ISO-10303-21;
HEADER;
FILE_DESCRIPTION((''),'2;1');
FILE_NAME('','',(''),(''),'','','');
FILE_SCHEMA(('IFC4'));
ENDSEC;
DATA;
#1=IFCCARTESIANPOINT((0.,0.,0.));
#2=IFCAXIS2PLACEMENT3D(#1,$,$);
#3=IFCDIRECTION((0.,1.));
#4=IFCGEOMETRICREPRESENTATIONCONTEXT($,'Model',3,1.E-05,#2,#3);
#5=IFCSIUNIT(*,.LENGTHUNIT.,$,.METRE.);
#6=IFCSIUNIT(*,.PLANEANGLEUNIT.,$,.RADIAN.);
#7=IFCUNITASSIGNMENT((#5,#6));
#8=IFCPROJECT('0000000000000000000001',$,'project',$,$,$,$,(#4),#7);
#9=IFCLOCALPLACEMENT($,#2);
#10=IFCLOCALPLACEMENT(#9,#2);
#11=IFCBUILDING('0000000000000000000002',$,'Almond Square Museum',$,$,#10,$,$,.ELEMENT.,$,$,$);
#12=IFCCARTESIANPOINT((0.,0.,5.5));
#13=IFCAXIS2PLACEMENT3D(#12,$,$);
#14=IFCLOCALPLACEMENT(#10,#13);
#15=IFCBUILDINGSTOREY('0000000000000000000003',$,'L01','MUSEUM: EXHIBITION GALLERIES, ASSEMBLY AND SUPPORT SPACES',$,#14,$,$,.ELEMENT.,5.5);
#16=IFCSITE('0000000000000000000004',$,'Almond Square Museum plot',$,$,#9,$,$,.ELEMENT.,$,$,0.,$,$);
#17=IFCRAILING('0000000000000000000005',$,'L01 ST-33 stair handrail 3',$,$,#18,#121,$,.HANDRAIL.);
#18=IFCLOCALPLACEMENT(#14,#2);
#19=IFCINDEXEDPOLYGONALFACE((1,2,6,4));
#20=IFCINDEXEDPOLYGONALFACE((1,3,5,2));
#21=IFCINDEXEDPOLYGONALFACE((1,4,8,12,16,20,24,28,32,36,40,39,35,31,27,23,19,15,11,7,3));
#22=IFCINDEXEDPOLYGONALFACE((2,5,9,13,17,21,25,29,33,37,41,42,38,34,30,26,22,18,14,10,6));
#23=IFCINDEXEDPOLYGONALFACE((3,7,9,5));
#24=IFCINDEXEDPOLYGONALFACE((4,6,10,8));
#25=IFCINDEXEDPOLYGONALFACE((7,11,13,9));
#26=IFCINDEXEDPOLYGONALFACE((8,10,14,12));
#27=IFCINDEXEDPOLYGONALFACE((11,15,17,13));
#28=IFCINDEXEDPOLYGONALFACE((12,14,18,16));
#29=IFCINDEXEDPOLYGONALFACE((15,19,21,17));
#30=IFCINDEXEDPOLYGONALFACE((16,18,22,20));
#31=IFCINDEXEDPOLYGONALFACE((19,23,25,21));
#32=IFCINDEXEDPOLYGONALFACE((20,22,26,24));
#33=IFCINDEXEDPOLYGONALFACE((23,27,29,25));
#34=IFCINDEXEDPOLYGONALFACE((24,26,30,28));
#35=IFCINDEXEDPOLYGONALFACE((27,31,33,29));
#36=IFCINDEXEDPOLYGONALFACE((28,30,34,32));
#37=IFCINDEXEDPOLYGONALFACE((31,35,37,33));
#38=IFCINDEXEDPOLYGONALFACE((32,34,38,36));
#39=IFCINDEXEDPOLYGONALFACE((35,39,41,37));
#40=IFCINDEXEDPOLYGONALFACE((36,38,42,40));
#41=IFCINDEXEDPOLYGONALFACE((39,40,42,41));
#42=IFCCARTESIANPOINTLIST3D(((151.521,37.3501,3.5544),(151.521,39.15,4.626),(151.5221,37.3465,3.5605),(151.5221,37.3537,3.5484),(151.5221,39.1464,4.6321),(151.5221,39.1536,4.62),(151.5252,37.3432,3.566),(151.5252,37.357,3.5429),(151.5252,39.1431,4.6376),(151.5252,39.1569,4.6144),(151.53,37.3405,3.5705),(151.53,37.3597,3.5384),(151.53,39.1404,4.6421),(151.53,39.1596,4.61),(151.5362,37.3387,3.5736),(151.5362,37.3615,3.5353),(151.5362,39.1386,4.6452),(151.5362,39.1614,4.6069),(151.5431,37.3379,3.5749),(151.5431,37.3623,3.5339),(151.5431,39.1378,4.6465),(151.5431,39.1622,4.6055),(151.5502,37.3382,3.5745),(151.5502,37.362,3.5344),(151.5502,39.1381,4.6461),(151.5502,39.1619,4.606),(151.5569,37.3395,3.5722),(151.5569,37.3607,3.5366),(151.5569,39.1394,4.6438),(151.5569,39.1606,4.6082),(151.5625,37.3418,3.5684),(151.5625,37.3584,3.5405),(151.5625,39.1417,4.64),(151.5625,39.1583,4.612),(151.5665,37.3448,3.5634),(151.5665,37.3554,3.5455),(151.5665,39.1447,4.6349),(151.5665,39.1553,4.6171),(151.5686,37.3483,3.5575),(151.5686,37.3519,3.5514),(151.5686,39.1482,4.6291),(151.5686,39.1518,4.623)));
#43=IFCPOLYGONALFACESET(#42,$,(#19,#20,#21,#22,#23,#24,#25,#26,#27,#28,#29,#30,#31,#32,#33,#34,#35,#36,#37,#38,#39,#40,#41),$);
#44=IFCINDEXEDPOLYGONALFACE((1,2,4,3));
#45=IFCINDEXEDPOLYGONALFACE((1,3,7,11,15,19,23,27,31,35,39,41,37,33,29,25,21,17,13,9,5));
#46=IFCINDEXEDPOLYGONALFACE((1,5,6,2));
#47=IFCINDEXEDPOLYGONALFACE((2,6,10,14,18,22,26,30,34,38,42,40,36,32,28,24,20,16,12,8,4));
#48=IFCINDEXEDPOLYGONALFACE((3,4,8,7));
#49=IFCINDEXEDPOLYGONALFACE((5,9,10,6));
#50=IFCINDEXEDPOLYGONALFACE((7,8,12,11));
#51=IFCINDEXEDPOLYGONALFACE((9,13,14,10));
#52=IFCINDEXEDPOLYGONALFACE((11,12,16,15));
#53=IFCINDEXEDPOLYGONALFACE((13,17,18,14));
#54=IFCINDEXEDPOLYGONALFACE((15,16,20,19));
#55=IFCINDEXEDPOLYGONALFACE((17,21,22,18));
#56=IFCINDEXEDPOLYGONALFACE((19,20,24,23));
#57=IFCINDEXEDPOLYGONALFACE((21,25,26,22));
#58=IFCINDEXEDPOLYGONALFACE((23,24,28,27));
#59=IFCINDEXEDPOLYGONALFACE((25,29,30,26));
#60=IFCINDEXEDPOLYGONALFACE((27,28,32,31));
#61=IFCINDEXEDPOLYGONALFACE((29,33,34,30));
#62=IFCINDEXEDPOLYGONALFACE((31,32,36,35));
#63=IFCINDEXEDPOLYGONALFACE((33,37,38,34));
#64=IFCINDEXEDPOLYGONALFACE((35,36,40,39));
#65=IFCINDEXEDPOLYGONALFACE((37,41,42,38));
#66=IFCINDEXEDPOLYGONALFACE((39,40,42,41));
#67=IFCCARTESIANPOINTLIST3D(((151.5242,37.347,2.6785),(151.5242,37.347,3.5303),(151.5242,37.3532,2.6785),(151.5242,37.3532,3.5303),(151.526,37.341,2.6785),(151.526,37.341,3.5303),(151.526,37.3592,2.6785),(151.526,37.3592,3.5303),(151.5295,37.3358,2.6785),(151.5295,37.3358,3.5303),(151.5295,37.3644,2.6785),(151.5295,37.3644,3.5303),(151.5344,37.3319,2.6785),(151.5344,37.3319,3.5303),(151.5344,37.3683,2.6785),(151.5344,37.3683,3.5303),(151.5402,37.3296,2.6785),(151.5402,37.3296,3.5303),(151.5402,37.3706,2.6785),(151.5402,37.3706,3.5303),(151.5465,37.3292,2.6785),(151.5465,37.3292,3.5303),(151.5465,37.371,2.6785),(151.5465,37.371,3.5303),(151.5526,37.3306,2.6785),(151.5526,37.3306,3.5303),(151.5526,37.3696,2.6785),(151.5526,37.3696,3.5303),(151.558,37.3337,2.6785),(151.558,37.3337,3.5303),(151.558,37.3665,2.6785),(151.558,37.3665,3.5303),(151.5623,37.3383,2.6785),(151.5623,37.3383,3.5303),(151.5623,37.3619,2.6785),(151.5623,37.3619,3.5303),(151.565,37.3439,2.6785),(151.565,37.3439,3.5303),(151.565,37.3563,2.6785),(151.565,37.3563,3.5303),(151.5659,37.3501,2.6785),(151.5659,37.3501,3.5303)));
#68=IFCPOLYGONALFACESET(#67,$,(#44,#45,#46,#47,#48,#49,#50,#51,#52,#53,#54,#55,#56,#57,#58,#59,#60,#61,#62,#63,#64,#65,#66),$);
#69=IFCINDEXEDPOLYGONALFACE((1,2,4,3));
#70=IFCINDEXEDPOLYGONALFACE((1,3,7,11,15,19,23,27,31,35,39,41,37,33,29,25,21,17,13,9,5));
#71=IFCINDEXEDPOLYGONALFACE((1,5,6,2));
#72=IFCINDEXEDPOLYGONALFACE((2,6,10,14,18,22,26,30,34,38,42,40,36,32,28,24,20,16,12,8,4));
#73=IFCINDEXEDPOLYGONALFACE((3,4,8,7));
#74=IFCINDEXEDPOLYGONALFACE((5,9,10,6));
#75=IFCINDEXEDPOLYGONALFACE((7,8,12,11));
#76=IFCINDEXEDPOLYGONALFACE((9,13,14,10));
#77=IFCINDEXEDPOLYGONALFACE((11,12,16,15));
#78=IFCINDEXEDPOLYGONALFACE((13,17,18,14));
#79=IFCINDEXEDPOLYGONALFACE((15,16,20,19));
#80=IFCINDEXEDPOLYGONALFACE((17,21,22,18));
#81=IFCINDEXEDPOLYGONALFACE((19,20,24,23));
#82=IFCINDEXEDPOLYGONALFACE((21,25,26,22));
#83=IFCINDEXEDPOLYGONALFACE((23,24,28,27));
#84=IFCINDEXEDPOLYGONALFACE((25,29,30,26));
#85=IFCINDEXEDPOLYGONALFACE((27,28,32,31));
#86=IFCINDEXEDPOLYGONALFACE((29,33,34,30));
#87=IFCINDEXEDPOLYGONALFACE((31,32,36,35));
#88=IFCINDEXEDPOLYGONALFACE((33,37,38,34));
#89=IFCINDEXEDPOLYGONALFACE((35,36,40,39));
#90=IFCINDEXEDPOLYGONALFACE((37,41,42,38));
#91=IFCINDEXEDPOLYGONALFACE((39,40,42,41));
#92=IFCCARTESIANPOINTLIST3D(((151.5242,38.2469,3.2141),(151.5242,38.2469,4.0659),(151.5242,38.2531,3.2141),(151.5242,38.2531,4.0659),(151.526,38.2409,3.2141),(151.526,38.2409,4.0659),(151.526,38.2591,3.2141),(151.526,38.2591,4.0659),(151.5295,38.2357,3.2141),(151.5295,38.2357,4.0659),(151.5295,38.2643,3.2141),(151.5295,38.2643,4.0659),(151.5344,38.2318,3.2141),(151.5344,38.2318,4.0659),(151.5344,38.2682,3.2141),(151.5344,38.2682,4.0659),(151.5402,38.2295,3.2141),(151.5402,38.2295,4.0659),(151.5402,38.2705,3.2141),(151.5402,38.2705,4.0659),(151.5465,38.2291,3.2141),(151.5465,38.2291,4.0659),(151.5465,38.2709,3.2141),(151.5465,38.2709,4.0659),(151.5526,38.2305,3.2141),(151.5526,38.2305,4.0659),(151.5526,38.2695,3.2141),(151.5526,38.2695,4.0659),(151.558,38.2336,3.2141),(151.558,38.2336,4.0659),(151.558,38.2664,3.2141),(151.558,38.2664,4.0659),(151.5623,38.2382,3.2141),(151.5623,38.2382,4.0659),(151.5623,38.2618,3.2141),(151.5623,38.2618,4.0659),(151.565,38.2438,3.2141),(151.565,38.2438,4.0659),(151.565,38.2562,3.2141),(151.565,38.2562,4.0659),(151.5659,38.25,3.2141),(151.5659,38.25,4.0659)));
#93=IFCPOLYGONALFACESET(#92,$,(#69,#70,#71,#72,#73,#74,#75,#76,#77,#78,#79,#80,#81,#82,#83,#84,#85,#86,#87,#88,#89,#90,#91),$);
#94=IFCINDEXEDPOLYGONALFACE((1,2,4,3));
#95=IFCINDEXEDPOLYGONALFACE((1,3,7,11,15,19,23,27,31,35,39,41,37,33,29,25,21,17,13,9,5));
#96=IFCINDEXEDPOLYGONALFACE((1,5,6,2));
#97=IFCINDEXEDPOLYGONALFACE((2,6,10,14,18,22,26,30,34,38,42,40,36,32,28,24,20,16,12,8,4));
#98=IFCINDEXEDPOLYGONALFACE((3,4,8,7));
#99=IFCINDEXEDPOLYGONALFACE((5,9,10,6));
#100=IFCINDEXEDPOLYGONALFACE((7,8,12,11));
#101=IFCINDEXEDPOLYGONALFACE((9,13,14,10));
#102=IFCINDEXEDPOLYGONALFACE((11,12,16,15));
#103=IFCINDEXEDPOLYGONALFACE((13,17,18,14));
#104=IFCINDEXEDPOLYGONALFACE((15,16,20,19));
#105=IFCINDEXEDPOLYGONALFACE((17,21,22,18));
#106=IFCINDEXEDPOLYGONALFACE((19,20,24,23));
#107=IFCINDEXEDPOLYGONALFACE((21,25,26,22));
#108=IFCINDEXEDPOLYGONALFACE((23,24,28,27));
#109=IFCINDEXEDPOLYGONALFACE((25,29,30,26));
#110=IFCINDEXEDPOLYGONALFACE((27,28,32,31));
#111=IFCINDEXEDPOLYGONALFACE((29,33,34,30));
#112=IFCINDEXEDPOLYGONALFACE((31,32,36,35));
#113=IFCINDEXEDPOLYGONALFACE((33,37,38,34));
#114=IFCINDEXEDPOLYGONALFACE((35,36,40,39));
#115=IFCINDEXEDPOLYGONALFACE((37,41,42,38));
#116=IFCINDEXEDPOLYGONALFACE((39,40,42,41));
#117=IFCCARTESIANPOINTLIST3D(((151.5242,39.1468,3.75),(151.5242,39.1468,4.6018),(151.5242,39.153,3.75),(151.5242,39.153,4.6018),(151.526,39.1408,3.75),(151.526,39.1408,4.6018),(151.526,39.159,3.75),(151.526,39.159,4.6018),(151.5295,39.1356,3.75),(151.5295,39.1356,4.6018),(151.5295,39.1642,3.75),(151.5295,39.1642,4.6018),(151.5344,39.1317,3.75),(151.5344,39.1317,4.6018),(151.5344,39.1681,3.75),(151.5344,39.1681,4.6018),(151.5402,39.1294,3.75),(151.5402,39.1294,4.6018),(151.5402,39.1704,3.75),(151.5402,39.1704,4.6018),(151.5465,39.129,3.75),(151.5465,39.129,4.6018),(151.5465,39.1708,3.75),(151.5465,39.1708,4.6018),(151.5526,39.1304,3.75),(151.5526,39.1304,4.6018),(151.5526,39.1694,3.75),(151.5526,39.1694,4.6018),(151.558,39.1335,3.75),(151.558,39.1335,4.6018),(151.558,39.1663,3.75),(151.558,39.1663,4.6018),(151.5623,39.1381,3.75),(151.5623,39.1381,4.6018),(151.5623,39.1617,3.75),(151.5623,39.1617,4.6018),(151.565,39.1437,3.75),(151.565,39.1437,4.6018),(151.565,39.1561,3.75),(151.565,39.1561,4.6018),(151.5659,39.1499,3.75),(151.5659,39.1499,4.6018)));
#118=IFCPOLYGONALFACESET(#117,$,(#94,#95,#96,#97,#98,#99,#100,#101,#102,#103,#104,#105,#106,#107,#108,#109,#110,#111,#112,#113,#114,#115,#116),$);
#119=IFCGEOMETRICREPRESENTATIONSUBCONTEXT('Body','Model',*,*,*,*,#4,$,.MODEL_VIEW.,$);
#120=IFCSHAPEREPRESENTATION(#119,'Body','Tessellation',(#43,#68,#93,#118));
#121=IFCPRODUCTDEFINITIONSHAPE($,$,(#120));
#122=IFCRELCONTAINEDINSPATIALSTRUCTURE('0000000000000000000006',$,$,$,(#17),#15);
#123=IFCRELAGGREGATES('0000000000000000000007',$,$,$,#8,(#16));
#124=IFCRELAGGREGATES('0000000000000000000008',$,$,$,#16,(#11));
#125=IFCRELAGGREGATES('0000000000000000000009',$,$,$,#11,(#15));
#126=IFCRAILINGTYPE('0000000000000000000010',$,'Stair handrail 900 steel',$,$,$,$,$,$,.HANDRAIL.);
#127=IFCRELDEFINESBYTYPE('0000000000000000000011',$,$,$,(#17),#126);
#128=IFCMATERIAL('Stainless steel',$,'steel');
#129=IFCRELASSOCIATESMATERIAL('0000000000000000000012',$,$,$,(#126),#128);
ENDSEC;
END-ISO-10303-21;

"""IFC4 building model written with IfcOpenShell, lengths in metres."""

from ifc_helpers import new_model, si_unit, direction, frame, origin, origin_2d, place, context, subcontext, project, spatial, circle, extrude, material, type_object, element, save


model = new_model("IFC4")

# Units and contexts
model_context = context("Model", 3, precision=1e-05, world=origin(), true_north=direction((0.0, 1.0)))
body_context = subcontext(model_context, "Body", "Model", "MODEL_VIEW")
ifc_project = project(units=[si_unit("LENGTHUNIT", "METRE"), si_unit("PLANEANGLEUNIT", "RADIAN")], contexts=[model_context])

# Site, building, storey
site_placement = place(None, origin())
site = spatial("IfcSite", under=ifc_project, at=site_placement, Name="Almond Square Museum plot", CompositionType="ELEMENT", RefElevation=0.0)
building_placement = place(site_placement, origin())
building = spatial("IfcBuilding", under=site, at=building_placement, Name="Almond Square Museum", CompositionType="ELEMENT")
storey_placement = place(building_placement, frame((0.0, 0.0, 5.5)))
storey = spatial("IfcBuildingStorey", under=building, at=storey_placement, Name="L01", Description="MUSEUM: EXHIBITION GALLERIES, ASSEMBLY AND SUPPORT SPACES", CompositionType="ELEMENT", Elevation=5.5)

# Railing
ifc_material_1 = material(Name="Stainless steel", Category="steel")
railing_type_1 = type_object("IfcRailingType", Name="Stair handrail 900 steel", PredefinedType="HANDRAIL", material=ifc_material_1)
railing_1_placement = place(storey_placement, frame((151.5449, 37.3501, 2.6785)))
element("IfcRailing", 1, at=railing_1_placement, inside=storey, type_object=railing_type_1, Name="L01 ST-33 stair handrail 3", PredefinedType="HANDRAIL", context=body_context, shape_type="SweptSolid", body=[
    extrude(circle(Radius=0.0239, at=origin_2d()), frame((0.0, 0.0, 0.876), z_axis=(0.0, 0.859247, 0.511562), x_axis=(-1.0, 0.0, 0.0)), (0.0, 0.0, 1.0), 2.0947),
    extrude(circle(Radius=0.021, at=origin_2d()), origin(), (0.0, 0.0, 1.0), 0.8518),
    extrude(circle(Radius=0.021, at=origin_2d()), frame((0.0, 0.8999, 0.5356)), (0.0, 0.0, 1.0), 0.8518),
    extrude(circle(Radius=0.021, at=origin_2d()), frame((0.0, 1.7998, 1.0715)), (0.0, 0.0, 1.0), 0.8518),
])

save(model, "model.ifc")
